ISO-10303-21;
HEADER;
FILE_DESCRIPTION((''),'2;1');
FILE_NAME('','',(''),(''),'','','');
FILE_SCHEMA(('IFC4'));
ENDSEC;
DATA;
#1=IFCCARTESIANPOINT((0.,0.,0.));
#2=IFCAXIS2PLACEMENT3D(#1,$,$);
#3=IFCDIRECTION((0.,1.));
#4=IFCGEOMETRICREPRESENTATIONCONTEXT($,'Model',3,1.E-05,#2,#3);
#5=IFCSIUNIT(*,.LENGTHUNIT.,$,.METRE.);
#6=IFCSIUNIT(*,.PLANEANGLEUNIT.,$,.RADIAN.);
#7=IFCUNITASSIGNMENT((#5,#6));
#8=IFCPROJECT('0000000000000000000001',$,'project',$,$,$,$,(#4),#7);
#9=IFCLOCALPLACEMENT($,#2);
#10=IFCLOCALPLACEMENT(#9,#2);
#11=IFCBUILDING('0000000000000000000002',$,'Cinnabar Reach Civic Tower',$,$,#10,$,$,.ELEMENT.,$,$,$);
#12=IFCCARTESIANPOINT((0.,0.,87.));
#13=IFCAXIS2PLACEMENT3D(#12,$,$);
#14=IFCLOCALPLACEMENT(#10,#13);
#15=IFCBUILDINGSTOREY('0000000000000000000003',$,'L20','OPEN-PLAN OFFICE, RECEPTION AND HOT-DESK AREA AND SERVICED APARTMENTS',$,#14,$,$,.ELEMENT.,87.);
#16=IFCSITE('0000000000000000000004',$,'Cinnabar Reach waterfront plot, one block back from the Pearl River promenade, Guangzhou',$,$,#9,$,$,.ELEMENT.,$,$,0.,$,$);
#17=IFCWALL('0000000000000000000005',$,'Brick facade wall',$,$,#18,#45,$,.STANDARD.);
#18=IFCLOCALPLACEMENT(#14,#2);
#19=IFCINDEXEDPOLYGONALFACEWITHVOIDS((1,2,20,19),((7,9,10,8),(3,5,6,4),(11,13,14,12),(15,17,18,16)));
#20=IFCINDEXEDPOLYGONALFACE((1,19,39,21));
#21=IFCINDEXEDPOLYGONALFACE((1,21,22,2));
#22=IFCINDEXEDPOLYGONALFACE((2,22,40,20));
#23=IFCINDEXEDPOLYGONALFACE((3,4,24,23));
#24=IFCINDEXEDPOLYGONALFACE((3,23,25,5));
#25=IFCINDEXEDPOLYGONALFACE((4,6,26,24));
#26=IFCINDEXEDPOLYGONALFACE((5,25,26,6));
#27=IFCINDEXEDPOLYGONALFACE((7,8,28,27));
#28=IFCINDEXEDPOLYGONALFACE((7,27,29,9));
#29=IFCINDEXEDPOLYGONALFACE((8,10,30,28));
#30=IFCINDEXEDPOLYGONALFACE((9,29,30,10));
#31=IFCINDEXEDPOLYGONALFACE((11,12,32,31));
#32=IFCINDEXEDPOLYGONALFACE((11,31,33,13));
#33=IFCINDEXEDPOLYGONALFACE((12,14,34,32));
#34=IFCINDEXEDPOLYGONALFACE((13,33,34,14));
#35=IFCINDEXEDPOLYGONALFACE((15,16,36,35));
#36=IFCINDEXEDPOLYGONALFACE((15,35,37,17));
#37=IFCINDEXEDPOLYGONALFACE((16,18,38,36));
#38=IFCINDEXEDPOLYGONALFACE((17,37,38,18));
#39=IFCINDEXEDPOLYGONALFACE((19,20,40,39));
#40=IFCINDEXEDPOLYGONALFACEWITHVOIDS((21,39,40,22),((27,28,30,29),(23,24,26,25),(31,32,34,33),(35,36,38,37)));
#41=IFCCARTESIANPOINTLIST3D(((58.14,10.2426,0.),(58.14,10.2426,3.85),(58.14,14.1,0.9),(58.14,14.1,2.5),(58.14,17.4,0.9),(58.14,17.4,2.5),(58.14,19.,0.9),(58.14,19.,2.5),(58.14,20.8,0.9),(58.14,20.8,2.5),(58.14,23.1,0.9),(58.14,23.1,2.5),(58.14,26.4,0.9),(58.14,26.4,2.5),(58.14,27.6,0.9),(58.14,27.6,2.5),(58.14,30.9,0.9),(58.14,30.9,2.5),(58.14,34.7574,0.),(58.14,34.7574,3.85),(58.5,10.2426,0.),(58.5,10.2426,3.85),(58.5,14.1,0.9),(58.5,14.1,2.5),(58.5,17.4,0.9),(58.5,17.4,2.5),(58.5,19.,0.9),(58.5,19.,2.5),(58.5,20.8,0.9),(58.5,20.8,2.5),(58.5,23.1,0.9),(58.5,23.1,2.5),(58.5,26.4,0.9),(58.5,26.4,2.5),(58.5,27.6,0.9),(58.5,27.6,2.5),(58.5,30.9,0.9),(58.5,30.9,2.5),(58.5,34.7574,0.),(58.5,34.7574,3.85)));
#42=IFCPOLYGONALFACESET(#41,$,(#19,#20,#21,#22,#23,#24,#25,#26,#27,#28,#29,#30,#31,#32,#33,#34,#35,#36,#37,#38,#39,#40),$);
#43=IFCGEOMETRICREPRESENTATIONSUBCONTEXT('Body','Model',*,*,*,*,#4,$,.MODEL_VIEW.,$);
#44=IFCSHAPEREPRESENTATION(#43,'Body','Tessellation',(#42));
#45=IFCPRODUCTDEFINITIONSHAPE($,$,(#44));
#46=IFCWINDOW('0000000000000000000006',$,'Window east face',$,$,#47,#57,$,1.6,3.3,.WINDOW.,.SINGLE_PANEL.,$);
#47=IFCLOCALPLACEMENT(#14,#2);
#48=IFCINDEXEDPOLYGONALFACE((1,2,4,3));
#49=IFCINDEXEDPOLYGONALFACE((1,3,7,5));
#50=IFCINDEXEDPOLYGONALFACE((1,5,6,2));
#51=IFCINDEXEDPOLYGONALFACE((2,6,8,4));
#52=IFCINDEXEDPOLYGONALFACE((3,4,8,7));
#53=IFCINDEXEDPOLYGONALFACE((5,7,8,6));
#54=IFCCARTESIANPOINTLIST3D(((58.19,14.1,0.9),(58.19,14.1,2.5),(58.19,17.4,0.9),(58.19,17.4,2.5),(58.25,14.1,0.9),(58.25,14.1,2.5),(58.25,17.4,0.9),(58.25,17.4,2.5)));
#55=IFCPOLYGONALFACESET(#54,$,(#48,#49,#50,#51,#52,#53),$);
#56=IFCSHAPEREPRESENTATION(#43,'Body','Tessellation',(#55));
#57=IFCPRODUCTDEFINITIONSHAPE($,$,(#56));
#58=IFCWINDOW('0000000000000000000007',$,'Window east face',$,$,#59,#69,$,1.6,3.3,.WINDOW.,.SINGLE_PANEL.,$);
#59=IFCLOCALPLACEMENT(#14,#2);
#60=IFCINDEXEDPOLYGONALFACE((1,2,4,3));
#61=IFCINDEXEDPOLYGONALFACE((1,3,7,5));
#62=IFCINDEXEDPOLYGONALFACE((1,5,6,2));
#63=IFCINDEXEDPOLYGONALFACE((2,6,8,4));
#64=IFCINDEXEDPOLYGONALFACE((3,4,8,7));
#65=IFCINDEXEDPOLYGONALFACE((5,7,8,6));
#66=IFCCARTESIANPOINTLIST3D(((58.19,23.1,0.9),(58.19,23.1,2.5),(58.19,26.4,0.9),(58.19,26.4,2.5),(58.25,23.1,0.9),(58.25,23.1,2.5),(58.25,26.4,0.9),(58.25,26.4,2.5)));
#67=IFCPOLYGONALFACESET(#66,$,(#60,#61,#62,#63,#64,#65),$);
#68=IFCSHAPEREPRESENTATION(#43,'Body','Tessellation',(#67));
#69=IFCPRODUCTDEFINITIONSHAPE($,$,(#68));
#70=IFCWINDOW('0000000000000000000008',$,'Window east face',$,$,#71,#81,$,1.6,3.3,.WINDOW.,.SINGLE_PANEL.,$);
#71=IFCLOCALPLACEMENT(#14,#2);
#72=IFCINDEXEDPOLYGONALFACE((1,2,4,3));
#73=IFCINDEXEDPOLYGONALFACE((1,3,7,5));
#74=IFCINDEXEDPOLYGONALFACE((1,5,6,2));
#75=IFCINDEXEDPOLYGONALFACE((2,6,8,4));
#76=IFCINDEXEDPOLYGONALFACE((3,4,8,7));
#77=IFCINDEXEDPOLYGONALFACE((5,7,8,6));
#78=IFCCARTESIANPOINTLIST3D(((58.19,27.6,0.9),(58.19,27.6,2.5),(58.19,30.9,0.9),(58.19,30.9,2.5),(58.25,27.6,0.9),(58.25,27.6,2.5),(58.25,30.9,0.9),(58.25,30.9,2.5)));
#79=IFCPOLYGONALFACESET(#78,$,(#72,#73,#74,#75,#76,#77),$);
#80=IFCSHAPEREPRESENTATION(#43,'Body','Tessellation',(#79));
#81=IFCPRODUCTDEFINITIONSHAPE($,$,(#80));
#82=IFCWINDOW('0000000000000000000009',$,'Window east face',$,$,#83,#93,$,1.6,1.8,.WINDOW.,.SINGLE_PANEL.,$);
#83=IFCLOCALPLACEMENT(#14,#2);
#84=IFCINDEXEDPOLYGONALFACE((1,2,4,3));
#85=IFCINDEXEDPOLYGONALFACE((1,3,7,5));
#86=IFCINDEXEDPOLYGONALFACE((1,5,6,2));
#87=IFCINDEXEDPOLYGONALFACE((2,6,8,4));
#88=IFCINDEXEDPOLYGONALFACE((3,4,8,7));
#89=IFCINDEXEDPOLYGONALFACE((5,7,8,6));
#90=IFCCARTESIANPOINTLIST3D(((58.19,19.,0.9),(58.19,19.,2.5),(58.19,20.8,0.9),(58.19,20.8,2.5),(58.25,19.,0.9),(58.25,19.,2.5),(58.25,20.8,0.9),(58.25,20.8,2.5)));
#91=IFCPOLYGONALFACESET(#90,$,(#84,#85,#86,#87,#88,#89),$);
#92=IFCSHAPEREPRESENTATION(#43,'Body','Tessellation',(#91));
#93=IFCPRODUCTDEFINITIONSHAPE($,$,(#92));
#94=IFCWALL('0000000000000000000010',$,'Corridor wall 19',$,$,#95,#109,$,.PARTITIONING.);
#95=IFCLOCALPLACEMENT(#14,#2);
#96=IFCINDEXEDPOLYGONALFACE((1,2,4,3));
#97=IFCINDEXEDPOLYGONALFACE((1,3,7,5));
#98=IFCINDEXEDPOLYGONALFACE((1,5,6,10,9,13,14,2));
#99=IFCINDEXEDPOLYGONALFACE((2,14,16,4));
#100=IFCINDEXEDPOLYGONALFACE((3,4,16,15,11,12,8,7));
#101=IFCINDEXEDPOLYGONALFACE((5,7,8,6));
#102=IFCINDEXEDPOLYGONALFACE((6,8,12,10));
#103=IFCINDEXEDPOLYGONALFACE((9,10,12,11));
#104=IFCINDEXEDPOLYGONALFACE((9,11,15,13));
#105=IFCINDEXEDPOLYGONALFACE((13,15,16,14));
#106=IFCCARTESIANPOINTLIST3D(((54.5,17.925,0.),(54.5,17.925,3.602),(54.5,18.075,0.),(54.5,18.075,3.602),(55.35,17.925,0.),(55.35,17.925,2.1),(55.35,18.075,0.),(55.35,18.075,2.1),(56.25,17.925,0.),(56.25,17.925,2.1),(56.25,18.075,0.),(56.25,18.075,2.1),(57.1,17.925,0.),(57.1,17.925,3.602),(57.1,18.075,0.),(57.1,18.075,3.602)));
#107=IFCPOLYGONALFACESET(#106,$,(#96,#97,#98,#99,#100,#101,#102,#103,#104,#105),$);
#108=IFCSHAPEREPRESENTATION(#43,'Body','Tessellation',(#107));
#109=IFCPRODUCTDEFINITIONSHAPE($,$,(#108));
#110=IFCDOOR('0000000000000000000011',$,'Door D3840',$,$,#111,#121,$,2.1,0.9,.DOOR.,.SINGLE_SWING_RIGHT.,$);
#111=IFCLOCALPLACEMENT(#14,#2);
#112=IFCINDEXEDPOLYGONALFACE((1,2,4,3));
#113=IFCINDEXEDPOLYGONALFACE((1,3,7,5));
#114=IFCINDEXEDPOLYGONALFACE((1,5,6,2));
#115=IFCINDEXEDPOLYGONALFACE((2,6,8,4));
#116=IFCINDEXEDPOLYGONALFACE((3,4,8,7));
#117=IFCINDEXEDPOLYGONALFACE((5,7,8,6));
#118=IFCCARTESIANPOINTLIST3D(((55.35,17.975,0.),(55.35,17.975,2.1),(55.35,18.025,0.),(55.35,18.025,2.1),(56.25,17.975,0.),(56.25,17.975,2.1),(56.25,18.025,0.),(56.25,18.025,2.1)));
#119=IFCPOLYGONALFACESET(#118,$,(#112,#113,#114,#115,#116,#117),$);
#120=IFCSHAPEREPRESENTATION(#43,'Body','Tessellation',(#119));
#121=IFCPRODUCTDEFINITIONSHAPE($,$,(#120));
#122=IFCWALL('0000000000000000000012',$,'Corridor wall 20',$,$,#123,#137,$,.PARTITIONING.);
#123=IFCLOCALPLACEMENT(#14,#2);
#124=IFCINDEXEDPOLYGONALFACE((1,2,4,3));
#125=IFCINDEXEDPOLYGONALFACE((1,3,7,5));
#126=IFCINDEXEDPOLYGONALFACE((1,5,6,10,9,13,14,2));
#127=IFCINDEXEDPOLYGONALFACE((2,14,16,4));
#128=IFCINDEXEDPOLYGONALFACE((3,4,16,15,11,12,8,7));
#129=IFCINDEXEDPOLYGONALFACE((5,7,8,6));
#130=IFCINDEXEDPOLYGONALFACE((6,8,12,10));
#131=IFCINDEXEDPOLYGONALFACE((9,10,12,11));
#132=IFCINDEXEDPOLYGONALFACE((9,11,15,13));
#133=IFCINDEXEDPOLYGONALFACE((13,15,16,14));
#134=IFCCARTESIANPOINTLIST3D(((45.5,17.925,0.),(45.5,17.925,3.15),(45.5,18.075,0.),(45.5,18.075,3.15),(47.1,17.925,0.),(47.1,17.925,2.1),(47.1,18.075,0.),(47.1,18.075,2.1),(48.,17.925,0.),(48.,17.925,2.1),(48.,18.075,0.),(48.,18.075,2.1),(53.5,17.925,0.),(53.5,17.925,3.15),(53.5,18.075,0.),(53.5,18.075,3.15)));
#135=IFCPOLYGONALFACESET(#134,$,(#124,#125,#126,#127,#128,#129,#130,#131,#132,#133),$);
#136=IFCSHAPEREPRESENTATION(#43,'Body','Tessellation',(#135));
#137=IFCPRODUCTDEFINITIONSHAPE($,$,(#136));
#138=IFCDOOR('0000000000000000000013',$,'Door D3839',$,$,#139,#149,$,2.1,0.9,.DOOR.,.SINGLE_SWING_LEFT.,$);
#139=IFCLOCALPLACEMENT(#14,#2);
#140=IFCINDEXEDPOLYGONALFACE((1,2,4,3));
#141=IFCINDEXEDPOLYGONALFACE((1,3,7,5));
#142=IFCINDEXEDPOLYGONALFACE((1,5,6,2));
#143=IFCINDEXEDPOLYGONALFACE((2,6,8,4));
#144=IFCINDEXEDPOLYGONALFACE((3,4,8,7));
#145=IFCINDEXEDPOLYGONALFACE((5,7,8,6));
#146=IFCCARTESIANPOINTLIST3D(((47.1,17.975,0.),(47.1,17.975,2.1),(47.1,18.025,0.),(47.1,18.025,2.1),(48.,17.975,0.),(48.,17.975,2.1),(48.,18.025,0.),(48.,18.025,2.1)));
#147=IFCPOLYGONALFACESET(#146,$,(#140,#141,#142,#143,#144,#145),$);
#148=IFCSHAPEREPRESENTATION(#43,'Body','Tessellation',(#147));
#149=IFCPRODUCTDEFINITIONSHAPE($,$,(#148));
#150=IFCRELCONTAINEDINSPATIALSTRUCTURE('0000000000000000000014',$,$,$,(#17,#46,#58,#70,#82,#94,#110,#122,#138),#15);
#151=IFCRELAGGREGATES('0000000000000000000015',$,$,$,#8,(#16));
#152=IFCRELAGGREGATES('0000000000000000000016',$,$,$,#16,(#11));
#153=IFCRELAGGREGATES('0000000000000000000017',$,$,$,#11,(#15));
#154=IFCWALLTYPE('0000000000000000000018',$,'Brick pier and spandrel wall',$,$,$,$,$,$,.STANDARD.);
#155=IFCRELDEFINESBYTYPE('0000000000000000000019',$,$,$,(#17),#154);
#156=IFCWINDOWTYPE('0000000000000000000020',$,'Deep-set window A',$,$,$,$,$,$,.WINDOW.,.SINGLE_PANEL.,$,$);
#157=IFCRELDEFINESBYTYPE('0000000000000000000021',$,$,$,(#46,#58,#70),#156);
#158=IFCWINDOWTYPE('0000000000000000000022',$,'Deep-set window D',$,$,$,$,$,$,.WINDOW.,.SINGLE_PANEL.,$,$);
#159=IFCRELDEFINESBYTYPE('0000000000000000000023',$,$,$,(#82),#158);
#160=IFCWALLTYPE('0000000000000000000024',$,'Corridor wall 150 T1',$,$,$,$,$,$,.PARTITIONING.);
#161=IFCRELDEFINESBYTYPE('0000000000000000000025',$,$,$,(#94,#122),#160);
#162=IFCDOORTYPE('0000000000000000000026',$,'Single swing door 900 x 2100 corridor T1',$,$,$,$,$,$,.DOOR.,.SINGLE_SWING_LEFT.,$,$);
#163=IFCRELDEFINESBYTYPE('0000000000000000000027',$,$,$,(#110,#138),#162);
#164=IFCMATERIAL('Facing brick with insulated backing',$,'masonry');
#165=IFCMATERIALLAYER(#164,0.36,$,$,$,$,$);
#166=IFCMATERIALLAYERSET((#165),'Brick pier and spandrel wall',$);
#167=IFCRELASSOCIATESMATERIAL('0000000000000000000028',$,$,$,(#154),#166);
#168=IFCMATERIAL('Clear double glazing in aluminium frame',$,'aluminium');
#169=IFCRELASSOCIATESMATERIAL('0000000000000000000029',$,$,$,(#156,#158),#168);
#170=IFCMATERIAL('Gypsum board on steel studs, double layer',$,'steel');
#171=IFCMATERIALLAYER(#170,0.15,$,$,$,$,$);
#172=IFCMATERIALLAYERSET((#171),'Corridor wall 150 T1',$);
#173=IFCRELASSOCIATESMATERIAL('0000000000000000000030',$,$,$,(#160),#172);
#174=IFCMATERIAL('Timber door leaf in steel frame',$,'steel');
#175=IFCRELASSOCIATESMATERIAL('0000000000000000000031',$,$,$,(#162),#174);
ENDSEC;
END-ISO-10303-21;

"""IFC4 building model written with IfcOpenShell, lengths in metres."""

from ifc_helpers import new_model, si_unit, direction, frame, frame_2d, origin, place, context, subcontext, project, spatial, rectangle, extrude, material, layer, layer_set, type_object, element, fill, save


model = new_model("IFC4")

# Units and contexts
model_context = context("Model", 3, precision=1e-05, world=origin(), true_north=direction((0.0, 1.0)))
body_context = subcontext(model_context, "Body", "Model", "MODEL_VIEW")
ifc_project = project(units=[si_unit("LENGTHUNIT", "METRE"), si_unit("PLANEANGLEUNIT", "RADIAN")], contexts=[model_context])

# Site, building, storey
site_placement = place(None, origin())
site = spatial("IfcSite", under=ifc_project, at=site_placement, Name="Cinnabar Reach waterfront plot, one block back from the Pearl River promenade, Guangzhou", CompositionType="ELEMENT", RefElevation=0.0)
building_placement = place(site_placement, origin())
building = spatial("IfcBuilding", under=site, at=building_placement, Name="Cinnabar Reach Civic Tower", CompositionType="ELEMENT")
storey_placement = place(building_placement, frame((0.0, 0.0, 87.0)))
storey = spatial("IfcBuildingStorey", under=building, at=storey_placement, Name="L20", Description="OPEN-PLAN OFFICE, RECEPTION AND HOT-DESK AREA AND SERVICED APARTMENTS", CompositionType="ELEMENT", Elevation=87.0)

# Shared definitions
ifc_material_1 = material(Name="Facing brick with insulated backing", Category="masonry")

# Wall, openings, windows
ifc_layer_1 = layer(ifc_material_1, 0.36)
ifc_layer_set_1 = layer_set([ifc_layer_1], Name="Brick pier and spandrel wall")
wall_type_1 = type_object("IfcWallType", Name="Brick pier and spandrel wall", PredefinedType="STANDARD", material=ifc_layer_set_1)
wall_1_placement = place(storey_placement, frame((58.32, 10.2426, 0.0), z_axis=(0.0, 0.0, 1.0), x_axis=(0.0, 1.0, 0.0)))
wall_1 = element("IfcWall", 1, at=wall_1_placement, inside=storey, type_object=wall_type_1, Name="Brick facade wall", PredefinedType="STANDARD", context=body_context, shape_type="SweptSolid", body=[
    extrude(rectangle(XDim=24.5148, YDim=0.36, at=frame_2d((12.2574, 0.0))), origin(), (0.0, 0.0, 1.0), 3.85),
])
opening_1_placement = place(wall_1_placement, frame((3.8574, 0.0, 0.9)))
opening_1 = element("IfcOpeningElement", 2, at=opening_1_placement, cuts=wall_1, PredefinedType="OPENING", context=body_context, shape_type="SweptSolid", body=[
    extrude(rectangle(XDim=3.3, YDim=1.6, at=frame_2d((1.65, 0.8))), frame((0.0, 0.19, 0.0), z_axis=(0.0, -1.0, 0.0), x_axis=(1.0, 0.0, 0.0)), (0.0, 0.0, 1.0), 0.38),
])
opening_2_placement = place(wall_1_placement, frame((8.7574, 0.0, 0.9)))
opening_2 = element("IfcOpeningElement", 3, at=opening_2_placement, cuts=wall_1, PredefinedType="OPENING", context=body_context, shape_type="SweptSolid", body=[
    extrude(rectangle(XDim=1.8, YDim=1.6, at=frame_2d((0.9, 0.8))), frame((0.0, 0.19, 0.0), z_axis=(0.0, -1.0, 0.0), x_axis=(1.0, 0.0, 0.0)), (0.0, 0.0, 1.0), 0.38),
])
opening_3_placement = place(wall_1_placement, frame((12.8574, 0.0, 0.9)))
opening_3 = element("IfcOpeningElement", 4, at=opening_3_placement, cuts=wall_1, PredefinedType="OPENING", context=body_context, shape_type="SweptSolid", body=[
    extrude(rectangle(XDim=3.3, YDim=1.6, at=frame_2d((1.65, 0.8))), frame((0.0, 0.19, 0.0), z_axis=(0.0, -1.0, 0.0), x_axis=(1.0, 0.0, 0.0)), (0.0, 0.0, 1.0), 0.38),
])
opening_4_placement = place(wall_1_placement, frame((17.3574, 0.0, 0.9)))
opening_4 = element("IfcOpeningElement", 5, at=opening_4_placement, cuts=wall_1, PredefinedType="OPENING", context=body_context, shape_type="SweptSolid", body=[
    extrude(rectangle(XDim=3.3, YDim=1.6, at=frame_2d((1.65, 0.8))), frame((0.0, 0.19, 0.0), z_axis=(0.0, -1.0, 0.0), x_axis=(1.0, 0.0, 0.0)), (0.0, 0.0, 1.0), 0.38),
])
ifc_material_2 = material(Name="Clear double glazing in aluminium frame", Category="aluminium")
window_type_1 = type_object("IfcWindowType", Name="Deep-set window A", PartitioningType="SINGLE_PANEL", PredefinedType="WINDOW", material=ifc_material_2)
window_1_placement = place(opening_1_placement, origin())
window_1 = element("IfcWindow", 6, at=window_1_placement, inside=storey, type_object=window_type_1, Name="Window east face", OverallHeight=1.6, OverallWidth=3.3, PartitioningType="SINGLE_PANEL", PredefinedType="WINDOW", context=body_context, shape_type="SweptSolid", body=[
    extrude(rectangle(XDim=3.3, YDim=1.6, at=frame_2d((1.65, 0.8))), frame((0.0, 0.13, 0.0), z_axis=(0.0, -1.0, 0.0), x_axis=(1.0, 0.0, 0.0)), (0.0, 0.0, 1.0), 0.06),
])
fill(opening_1, window_1)
window_2_placement = place(opening_3_placement, origin())
window_2 = element("IfcWindow", 7, at=window_2_placement, inside=storey, type_object=window_type_1, Name="Window east face", OverallHeight=1.6, OverallWidth=3.3, PartitioningType="SINGLE_PANEL", PredefinedType="WINDOW", context=body_context, shape_type="SweptSolid", body=[
    extrude(rectangle(XDim=3.3, YDim=1.6, at=frame_2d((1.65, 0.8))), frame((0.0, 0.13, 0.0), z_axis=(0.0, -1.0, 0.0), x_axis=(1.0, 0.0, 0.0)), (0.0, 0.0, 1.0), 0.06),
])
fill(opening_3, window_2)
window_3_placement = place(opening_4_placement, origin())
window_3 = element("IfcWindow", 8, at=window_3_placement, inside=storey, type_object=window_type_1, Name="Window east face", OverallHeight=1.6, OverallWidth=3.3, PartitioningType="SINGLE_PANEL", PredefinedType="WINDOW", context=body_context, shape_type="SweptSolid", body=[
    extrude(rectangle(XDim=3.3, YDim=1.6, at=frame_2d((1.65, 0.8))), frame((0.0, 0.13, 0.0), z_axis=(0.0, -1.0, 0.0), x_axis=(1.0, 0.0, 0.0)), (0.0, 0.0, 1.0), 0.06),
])
fill(opening_4, window_3)
window_type_2 = type_object("IfcWindowType", Name="Deep-set window D", PartitioningType="SINGLE_PANEL", PredefinedType="WINDOW", material=ifc_material_2)
window_4_placement = place(opening_2_placement, origin())
window_4 = element("IfcWindow", 9, at=window_4_placement, inside=storey, type_object=window_type_2, Name="Window east face", OverallHeight=1.6, OverallWidth=1.8, PartitioningType="SINGLE_PANEL", PredefinedType="WINDOW", context=body_context, shape_type="SweptSolid", body=[
    extrude(rectangle(XDim=1.8, YDim=1.6, at=frame_2d((0.9, 0.8))), frame((0.0, 0.13, 0.0), z_axis=(0.0, -1.0, 0.0), x_axis=(1.0, 0.0, 0.0)), (0.0, 0.0, 1.0), 0.06),
])
fill(opening_2, window_4)

# Walls, openings, doors
ifc_material_3 = material(Name="Gypsum board on steel studs, double layer", Category="steel")
ifc_layer_2 = layer(ifc_material_3, 0.15)
ifc_layer_set_2 = layer_set([ifc_layer_2], Name="Corridor wall 150 T1")
wall_type_2 = type_object("IfcWallType", Name="Corridor wall 150 T1", PredefinedType="PARTITIONING", material=ifc_layer_set_2)
wall_2_placement = place(storey_placement, frame((54.5, 18.0, 0.0), z_axis=(0.0, 0.0, 1.0), x_axis=(1.0, 0.0, 0.0)))
wall_2 = element("IfcWall", 10, at=wall_2_placement, inside=storey, type_object=wall_type_2, Name="Corridor wall 19", PredefinedType="PARTITIONING", context=body_context, shape_type="SweptSolid", body=[
    extrude(rectangle(XDim=2.6, YDim=0.15, at=frame_2d((1.3, 0.0))), origin(), (0.0, 0.0, 1.0), 3.602),
])
opening_5_placement = place(wall_2_placement, frame((0.85, 0.0, 0.0)))
opening_5 = element("IfcOpeningElement", 11, at=opening_5_placement, cuts=wall_2, PredefinedType="OPENING", context=body_context, shape_type="SweptSolid", body=[
    extrude(rectangle(XDim=0.9, YDim=2.1, at=frame_2d((0.45, 1.05))), frame((0.0, 0.085, 0.0), z_axis=(0.0, -1.0, 0.0), x_axis=(1.0, 0.0, 0.0)), (0.0, 0.0, 1.0), 0.17),
])
ifc_material_4 = material(Name="Timber door leaf in steel frame", Category="steel")
door_type = type_object("IfcDoorType", Name="Single swing door 900 x 2100 corridor T1", OperationType="SINGLE_SWING_LEFT", PredefinedType="DOOR", material=ifc_material_4)
door_1_placement = place(opening_5_placement, frame((0.9, 0.0, 0.0), z_axis=(0.0, 0.0, 1.0), x_axis=(-1.0, 0.0, 0.0)))
door_1 = element("IfcDoor", 12, at=door_1_placement, inside=storey, type_object=door_type, Name="Door D3840", OperationType="SINGLE_SWING_RIGHT", OverallHeight=2.1, OverallWidth=0.9, PredefinedType="DOOR", context=body_context, shape_type="SweptSolid", body=[
    extrude(rectangle(XDim=0.9, YDim=2.1, at=frame_2d((0.45, 1.05))), frame((0.0, 0.025, 0.0), z_axis=(0.0, -1.0, 0.0), x_axis=(1.0, 0.0, 0.0)), (0.0, 0.0, 1.0), 0.05),
])
fill(opening_5, door_1)
wall_3_placement = place(storey_placement, frame((45.5, 18.0, 0.0), z_axis=(0.0, 0.0, 1.0), x_axis=(1.0, 0.0, 0.0)))
wall_3 = element("IfcWall", 13, at=wall_3_placement, inside=storey, type_object=wall_type_2, Name="Corridor wall 20", PredefinedType="PARTITIONING", context=body_context, shape_type="SweptSolid", body=[
    extrude(rectangle(XDim=8.0, YDim=0.15, at=frame_2d((4.0, 0.0))), origin(), (0.0, 0.0, 1.0), 3.15),
])
opening_6_placement = place(wall_3_placement, frame((1.6, 0.0, 0.0)))
opening_6 = element("IfcOpeningElement", 14, at=opening_6_placement, cuts=wall_3, PredefinedType="OPENING", context=body_context, shape_type="SweptSolid", body=[
    extrude(rectangle(XDim=0.9, YDim=2.1, at=frame_2d((0.45, 1.05))), frame((0.0, 0.085, 0.0), z_axis=(0.0, -1.0, 0.0), x_axis=(1.0, 0.0, 0.0)), (0.0, 0.0, 1.0), 0.17),
])
door_2_placement = place(opening_6_placement, frame((0.9, 0.0, 0.0), z_axis=(0.0, 0.0, 1.0), x_axis=(-1.0, 0.0, 0.0)))
door_2 = element("IfcDoor", 15, at=door_2_placement, inside=storey, type_object=door_type, Name="Door D3839", OperationType="SINGLE_SWING_LEFT", OverallHeight=2.1, OverallWidth=0.9, PredefinedType="DOOR", context=body_context, shape_type="SweptSolid", body=[
    extrude(rectangle(XDim=0.9, YDim=2.1, at=frame_2d((0.45, 1.05))), frame((0.0, 0.025, 0.0), z_axis=(0.0, -1.0, 0.0), x_axis=(1.0, 0.0, 0.0)), (0.0, 0.0, 1.0), 0.05),
])
fill(opening_6, door_2)

save(model, "model.ifc")
